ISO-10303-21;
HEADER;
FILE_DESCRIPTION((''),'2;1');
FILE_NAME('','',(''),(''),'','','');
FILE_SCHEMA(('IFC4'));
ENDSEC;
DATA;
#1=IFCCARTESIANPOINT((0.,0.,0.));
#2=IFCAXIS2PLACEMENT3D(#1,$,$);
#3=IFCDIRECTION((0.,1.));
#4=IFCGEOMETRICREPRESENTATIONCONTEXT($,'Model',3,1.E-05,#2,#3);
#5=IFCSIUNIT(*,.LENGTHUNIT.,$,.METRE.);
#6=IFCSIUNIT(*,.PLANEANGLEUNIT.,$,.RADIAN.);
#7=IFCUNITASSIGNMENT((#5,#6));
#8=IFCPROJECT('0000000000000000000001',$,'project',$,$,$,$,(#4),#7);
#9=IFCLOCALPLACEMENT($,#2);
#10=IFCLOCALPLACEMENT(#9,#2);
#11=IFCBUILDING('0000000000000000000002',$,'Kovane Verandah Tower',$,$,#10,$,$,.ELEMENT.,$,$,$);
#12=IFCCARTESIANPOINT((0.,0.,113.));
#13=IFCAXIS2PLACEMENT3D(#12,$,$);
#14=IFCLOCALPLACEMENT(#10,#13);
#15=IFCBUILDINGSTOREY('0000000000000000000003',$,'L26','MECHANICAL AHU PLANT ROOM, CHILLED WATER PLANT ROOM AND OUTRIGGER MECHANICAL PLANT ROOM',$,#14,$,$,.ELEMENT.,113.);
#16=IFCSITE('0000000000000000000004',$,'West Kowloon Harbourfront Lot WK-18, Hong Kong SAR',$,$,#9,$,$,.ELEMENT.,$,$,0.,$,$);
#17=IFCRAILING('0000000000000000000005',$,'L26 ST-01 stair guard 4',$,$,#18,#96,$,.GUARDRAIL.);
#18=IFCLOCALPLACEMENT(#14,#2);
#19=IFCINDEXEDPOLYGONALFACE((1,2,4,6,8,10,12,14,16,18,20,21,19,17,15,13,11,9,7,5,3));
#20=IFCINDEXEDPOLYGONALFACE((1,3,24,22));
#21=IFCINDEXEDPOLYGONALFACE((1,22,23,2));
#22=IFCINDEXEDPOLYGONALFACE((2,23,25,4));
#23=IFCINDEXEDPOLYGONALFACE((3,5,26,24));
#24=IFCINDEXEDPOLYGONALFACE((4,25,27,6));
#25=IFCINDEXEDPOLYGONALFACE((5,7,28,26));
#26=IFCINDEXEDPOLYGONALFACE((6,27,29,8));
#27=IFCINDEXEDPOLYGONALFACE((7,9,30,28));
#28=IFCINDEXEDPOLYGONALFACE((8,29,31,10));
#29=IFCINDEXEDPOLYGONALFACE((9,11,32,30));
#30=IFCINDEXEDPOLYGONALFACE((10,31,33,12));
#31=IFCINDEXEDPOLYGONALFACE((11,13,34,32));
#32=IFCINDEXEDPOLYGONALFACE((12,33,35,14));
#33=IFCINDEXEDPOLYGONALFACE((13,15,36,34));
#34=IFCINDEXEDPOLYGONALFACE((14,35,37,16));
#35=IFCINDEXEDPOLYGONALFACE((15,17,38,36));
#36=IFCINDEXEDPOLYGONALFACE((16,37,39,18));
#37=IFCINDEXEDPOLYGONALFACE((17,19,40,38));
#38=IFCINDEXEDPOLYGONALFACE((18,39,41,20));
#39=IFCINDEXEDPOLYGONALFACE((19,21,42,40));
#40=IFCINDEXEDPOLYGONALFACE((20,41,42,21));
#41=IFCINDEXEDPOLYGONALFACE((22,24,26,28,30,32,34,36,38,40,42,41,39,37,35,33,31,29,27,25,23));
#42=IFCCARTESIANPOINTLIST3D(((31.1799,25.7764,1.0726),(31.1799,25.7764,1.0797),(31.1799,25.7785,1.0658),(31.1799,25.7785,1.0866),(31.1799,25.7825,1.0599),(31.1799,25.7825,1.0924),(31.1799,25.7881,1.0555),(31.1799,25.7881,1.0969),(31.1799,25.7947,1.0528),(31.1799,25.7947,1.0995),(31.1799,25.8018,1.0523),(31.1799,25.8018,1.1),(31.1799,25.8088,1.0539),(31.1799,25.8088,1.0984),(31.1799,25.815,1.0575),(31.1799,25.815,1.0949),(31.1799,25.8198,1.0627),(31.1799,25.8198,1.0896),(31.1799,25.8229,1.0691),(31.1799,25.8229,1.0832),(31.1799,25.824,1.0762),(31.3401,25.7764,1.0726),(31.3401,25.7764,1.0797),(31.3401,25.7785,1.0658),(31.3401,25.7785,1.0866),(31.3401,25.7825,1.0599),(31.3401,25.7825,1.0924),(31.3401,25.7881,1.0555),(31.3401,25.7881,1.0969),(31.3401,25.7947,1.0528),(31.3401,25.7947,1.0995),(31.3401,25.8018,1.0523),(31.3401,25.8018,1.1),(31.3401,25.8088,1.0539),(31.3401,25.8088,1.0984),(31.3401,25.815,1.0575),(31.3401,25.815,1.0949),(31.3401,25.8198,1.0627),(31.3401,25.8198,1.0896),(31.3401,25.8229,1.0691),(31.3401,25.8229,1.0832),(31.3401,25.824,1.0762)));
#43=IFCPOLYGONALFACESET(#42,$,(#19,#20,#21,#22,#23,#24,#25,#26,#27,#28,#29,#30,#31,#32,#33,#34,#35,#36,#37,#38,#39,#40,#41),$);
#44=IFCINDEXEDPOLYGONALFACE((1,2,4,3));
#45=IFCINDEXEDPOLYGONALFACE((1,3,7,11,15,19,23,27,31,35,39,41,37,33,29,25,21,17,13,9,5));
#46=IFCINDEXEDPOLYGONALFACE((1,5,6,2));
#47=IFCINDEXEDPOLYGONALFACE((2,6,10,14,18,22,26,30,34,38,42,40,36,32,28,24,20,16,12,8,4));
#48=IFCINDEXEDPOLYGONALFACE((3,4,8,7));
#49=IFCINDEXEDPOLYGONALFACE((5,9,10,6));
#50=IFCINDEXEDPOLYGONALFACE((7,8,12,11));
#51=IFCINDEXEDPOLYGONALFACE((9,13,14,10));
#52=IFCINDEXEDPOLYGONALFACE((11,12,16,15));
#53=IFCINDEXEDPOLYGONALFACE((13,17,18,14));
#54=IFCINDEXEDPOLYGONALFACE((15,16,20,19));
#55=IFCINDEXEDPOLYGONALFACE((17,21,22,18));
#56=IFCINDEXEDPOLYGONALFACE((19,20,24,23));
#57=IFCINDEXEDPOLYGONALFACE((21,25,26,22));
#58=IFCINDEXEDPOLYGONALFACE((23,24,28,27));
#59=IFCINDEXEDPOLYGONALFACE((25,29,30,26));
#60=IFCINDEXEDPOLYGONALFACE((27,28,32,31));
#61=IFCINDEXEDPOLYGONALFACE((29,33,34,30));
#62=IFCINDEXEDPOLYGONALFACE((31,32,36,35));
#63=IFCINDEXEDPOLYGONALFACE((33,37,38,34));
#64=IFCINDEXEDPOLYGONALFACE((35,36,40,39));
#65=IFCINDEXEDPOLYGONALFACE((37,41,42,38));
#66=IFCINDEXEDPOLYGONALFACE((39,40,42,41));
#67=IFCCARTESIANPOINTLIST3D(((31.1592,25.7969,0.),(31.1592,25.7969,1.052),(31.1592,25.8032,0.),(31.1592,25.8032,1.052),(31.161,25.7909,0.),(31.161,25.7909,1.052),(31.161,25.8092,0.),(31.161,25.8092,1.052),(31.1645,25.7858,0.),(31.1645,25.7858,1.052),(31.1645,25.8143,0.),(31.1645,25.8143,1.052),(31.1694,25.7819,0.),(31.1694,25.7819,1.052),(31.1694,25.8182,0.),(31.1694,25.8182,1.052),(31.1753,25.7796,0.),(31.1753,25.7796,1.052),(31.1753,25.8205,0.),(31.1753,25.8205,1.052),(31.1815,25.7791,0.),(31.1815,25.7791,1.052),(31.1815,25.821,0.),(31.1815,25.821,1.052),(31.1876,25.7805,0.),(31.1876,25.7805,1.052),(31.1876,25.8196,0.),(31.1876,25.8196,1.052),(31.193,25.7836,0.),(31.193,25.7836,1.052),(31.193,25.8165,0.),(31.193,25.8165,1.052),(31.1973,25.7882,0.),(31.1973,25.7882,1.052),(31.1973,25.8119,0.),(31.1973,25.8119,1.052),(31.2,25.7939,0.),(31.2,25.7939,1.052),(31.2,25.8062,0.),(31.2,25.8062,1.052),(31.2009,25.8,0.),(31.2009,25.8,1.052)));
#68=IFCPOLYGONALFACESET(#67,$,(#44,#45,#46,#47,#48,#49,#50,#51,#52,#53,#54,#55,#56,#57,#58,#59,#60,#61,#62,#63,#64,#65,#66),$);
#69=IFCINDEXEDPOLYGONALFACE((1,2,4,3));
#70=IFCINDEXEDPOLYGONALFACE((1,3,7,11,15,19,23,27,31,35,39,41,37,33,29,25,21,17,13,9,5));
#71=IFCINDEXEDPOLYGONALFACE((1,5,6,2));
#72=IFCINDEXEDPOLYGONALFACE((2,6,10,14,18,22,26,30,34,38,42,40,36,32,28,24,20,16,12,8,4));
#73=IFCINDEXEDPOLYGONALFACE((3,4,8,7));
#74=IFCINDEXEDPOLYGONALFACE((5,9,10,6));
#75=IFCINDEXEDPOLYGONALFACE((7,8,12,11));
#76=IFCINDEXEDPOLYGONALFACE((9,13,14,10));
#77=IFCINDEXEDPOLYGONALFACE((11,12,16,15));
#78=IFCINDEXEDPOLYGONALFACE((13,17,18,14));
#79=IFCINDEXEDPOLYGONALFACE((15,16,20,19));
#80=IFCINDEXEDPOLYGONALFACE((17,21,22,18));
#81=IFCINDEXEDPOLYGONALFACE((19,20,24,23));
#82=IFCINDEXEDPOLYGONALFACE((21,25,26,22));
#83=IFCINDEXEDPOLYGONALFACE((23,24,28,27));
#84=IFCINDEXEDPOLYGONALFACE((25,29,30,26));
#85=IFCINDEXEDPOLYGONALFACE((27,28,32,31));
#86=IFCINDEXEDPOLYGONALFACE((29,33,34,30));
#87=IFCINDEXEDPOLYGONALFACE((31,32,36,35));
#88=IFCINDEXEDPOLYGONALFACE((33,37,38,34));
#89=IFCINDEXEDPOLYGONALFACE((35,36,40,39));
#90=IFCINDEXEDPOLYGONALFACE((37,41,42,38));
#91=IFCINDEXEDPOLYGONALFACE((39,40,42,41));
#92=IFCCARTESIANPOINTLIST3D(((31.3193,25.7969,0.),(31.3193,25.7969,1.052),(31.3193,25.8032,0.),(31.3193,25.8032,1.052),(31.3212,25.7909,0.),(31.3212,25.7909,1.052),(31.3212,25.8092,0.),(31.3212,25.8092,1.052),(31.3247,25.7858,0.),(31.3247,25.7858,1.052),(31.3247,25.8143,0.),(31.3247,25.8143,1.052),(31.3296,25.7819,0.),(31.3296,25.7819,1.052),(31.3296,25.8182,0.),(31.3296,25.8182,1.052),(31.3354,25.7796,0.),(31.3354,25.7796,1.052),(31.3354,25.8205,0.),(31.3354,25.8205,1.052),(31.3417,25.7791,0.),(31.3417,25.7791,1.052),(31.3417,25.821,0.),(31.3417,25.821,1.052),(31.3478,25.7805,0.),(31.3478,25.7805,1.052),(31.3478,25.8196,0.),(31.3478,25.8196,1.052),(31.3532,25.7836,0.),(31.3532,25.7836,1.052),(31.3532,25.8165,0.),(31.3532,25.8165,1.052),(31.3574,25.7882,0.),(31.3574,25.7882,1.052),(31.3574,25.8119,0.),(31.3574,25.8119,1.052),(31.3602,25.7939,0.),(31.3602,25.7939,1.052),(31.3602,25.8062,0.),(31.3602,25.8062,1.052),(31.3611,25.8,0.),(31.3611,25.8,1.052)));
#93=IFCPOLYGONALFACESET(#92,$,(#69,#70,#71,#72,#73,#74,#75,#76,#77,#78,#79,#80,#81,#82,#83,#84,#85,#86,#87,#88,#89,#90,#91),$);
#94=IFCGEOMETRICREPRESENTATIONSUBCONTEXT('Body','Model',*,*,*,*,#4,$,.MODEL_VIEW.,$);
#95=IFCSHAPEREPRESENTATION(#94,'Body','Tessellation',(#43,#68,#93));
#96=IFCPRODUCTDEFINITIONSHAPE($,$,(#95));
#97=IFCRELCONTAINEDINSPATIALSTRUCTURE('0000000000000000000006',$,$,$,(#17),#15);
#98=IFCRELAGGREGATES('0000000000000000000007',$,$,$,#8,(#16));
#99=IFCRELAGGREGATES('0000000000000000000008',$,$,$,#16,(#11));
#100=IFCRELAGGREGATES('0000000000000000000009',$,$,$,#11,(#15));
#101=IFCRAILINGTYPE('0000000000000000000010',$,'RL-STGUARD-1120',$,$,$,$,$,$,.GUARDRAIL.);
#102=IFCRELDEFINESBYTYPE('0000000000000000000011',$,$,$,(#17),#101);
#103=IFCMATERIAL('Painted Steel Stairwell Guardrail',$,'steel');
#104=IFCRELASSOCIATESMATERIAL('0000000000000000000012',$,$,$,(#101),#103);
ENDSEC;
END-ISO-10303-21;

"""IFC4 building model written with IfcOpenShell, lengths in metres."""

from ifc_helpers import new_model, si_unit, direction, frame, origin, origin_2d, place, context, subcontext, project, spatial, circle, extrude, material, type_object, element, save


model = new_model("IFC4")

# Units and contexts
model_context = context("Model", 3, precision=1e-05, world=origin(), true_north=direction((0.0, 1.0)))
body_context = subcontext(model_context, "Body", "Model", "MODEL_VIEW")
ifc_project = project(units=[si_unit("LENGTHUNIT", "METRE"), si_unit("PLANEANGLEUNIT", "RADIAN")], contexts=[model_context])

# Site, building, storey
site_placement = place(None, origin())
site = spatial("IfcSite", under=ifc_project, at=site_placement, Name="West Kowloon Harbourfront Lot WK-18, Hong Kong SAR", CompositionType="ELEMENT", RefElevation=0.0)
building_placement = place(site_placement, origin())
building = spatial("IfcBuilding", under=site, at=building_placement, Name="Kovane Verandah Tower", CompositionType="ELEMENT")
storey_placement = place(building_placement, frame((0.0, 0.0, 113.0)))
storey = spatial("IfcBuildingStorey", under=building, at=storey_placement, Name="L26", Description="MECHANICAL AHU PLANT ROOM, CHILLED WATER PLANT ROOM AND OUTRIGGER MECHANICAL PLANT ROOM", CompositionType="ELEMENT", Elevation=113.0)

# Railing
ifc_material_1 = material(Name="Painted Steel Stairwell Guardrail", Category="steel")
railing_type_1 = type_object("IfcRailingType", Name="RL-STGUARD-1120", PredefinedType="GUARDRAIL", material=ifc_material_1)
railing_1_placement = place(storey_placement, frame((31.1799, 25.8, 0.0)))
element("IfcRailing", 1, at=railing_1_placement, inside=storey, type_object=railing_type_1, Name="L26 ST-01 stair guard 4", PredefinedType="GUARDRAIL", context=body_context, shape_type="SweptSolid", body=[
    extrude(circle(Radius=0.0239, at=origin_2d()), frame((0.0, 0.0, 1.0762), z_axis=(1.0, 0.0, 0.0), x_axis=(0.0, 1.0, 0.0)), (0.0, 0.0, 1.0), 0.1602),
    extrude(circle(Radius=0.021, at=origin_2d()), origin(), (0.0, 0.0, 1.0), 1.052),
    extrude(circle(Radius=0.021, at=origin_2d()), frame((0.1602, 0.0, 0.0)), (0.0, 0.0, 1.0), 1.052),
])

save(model, "model.ifc")
